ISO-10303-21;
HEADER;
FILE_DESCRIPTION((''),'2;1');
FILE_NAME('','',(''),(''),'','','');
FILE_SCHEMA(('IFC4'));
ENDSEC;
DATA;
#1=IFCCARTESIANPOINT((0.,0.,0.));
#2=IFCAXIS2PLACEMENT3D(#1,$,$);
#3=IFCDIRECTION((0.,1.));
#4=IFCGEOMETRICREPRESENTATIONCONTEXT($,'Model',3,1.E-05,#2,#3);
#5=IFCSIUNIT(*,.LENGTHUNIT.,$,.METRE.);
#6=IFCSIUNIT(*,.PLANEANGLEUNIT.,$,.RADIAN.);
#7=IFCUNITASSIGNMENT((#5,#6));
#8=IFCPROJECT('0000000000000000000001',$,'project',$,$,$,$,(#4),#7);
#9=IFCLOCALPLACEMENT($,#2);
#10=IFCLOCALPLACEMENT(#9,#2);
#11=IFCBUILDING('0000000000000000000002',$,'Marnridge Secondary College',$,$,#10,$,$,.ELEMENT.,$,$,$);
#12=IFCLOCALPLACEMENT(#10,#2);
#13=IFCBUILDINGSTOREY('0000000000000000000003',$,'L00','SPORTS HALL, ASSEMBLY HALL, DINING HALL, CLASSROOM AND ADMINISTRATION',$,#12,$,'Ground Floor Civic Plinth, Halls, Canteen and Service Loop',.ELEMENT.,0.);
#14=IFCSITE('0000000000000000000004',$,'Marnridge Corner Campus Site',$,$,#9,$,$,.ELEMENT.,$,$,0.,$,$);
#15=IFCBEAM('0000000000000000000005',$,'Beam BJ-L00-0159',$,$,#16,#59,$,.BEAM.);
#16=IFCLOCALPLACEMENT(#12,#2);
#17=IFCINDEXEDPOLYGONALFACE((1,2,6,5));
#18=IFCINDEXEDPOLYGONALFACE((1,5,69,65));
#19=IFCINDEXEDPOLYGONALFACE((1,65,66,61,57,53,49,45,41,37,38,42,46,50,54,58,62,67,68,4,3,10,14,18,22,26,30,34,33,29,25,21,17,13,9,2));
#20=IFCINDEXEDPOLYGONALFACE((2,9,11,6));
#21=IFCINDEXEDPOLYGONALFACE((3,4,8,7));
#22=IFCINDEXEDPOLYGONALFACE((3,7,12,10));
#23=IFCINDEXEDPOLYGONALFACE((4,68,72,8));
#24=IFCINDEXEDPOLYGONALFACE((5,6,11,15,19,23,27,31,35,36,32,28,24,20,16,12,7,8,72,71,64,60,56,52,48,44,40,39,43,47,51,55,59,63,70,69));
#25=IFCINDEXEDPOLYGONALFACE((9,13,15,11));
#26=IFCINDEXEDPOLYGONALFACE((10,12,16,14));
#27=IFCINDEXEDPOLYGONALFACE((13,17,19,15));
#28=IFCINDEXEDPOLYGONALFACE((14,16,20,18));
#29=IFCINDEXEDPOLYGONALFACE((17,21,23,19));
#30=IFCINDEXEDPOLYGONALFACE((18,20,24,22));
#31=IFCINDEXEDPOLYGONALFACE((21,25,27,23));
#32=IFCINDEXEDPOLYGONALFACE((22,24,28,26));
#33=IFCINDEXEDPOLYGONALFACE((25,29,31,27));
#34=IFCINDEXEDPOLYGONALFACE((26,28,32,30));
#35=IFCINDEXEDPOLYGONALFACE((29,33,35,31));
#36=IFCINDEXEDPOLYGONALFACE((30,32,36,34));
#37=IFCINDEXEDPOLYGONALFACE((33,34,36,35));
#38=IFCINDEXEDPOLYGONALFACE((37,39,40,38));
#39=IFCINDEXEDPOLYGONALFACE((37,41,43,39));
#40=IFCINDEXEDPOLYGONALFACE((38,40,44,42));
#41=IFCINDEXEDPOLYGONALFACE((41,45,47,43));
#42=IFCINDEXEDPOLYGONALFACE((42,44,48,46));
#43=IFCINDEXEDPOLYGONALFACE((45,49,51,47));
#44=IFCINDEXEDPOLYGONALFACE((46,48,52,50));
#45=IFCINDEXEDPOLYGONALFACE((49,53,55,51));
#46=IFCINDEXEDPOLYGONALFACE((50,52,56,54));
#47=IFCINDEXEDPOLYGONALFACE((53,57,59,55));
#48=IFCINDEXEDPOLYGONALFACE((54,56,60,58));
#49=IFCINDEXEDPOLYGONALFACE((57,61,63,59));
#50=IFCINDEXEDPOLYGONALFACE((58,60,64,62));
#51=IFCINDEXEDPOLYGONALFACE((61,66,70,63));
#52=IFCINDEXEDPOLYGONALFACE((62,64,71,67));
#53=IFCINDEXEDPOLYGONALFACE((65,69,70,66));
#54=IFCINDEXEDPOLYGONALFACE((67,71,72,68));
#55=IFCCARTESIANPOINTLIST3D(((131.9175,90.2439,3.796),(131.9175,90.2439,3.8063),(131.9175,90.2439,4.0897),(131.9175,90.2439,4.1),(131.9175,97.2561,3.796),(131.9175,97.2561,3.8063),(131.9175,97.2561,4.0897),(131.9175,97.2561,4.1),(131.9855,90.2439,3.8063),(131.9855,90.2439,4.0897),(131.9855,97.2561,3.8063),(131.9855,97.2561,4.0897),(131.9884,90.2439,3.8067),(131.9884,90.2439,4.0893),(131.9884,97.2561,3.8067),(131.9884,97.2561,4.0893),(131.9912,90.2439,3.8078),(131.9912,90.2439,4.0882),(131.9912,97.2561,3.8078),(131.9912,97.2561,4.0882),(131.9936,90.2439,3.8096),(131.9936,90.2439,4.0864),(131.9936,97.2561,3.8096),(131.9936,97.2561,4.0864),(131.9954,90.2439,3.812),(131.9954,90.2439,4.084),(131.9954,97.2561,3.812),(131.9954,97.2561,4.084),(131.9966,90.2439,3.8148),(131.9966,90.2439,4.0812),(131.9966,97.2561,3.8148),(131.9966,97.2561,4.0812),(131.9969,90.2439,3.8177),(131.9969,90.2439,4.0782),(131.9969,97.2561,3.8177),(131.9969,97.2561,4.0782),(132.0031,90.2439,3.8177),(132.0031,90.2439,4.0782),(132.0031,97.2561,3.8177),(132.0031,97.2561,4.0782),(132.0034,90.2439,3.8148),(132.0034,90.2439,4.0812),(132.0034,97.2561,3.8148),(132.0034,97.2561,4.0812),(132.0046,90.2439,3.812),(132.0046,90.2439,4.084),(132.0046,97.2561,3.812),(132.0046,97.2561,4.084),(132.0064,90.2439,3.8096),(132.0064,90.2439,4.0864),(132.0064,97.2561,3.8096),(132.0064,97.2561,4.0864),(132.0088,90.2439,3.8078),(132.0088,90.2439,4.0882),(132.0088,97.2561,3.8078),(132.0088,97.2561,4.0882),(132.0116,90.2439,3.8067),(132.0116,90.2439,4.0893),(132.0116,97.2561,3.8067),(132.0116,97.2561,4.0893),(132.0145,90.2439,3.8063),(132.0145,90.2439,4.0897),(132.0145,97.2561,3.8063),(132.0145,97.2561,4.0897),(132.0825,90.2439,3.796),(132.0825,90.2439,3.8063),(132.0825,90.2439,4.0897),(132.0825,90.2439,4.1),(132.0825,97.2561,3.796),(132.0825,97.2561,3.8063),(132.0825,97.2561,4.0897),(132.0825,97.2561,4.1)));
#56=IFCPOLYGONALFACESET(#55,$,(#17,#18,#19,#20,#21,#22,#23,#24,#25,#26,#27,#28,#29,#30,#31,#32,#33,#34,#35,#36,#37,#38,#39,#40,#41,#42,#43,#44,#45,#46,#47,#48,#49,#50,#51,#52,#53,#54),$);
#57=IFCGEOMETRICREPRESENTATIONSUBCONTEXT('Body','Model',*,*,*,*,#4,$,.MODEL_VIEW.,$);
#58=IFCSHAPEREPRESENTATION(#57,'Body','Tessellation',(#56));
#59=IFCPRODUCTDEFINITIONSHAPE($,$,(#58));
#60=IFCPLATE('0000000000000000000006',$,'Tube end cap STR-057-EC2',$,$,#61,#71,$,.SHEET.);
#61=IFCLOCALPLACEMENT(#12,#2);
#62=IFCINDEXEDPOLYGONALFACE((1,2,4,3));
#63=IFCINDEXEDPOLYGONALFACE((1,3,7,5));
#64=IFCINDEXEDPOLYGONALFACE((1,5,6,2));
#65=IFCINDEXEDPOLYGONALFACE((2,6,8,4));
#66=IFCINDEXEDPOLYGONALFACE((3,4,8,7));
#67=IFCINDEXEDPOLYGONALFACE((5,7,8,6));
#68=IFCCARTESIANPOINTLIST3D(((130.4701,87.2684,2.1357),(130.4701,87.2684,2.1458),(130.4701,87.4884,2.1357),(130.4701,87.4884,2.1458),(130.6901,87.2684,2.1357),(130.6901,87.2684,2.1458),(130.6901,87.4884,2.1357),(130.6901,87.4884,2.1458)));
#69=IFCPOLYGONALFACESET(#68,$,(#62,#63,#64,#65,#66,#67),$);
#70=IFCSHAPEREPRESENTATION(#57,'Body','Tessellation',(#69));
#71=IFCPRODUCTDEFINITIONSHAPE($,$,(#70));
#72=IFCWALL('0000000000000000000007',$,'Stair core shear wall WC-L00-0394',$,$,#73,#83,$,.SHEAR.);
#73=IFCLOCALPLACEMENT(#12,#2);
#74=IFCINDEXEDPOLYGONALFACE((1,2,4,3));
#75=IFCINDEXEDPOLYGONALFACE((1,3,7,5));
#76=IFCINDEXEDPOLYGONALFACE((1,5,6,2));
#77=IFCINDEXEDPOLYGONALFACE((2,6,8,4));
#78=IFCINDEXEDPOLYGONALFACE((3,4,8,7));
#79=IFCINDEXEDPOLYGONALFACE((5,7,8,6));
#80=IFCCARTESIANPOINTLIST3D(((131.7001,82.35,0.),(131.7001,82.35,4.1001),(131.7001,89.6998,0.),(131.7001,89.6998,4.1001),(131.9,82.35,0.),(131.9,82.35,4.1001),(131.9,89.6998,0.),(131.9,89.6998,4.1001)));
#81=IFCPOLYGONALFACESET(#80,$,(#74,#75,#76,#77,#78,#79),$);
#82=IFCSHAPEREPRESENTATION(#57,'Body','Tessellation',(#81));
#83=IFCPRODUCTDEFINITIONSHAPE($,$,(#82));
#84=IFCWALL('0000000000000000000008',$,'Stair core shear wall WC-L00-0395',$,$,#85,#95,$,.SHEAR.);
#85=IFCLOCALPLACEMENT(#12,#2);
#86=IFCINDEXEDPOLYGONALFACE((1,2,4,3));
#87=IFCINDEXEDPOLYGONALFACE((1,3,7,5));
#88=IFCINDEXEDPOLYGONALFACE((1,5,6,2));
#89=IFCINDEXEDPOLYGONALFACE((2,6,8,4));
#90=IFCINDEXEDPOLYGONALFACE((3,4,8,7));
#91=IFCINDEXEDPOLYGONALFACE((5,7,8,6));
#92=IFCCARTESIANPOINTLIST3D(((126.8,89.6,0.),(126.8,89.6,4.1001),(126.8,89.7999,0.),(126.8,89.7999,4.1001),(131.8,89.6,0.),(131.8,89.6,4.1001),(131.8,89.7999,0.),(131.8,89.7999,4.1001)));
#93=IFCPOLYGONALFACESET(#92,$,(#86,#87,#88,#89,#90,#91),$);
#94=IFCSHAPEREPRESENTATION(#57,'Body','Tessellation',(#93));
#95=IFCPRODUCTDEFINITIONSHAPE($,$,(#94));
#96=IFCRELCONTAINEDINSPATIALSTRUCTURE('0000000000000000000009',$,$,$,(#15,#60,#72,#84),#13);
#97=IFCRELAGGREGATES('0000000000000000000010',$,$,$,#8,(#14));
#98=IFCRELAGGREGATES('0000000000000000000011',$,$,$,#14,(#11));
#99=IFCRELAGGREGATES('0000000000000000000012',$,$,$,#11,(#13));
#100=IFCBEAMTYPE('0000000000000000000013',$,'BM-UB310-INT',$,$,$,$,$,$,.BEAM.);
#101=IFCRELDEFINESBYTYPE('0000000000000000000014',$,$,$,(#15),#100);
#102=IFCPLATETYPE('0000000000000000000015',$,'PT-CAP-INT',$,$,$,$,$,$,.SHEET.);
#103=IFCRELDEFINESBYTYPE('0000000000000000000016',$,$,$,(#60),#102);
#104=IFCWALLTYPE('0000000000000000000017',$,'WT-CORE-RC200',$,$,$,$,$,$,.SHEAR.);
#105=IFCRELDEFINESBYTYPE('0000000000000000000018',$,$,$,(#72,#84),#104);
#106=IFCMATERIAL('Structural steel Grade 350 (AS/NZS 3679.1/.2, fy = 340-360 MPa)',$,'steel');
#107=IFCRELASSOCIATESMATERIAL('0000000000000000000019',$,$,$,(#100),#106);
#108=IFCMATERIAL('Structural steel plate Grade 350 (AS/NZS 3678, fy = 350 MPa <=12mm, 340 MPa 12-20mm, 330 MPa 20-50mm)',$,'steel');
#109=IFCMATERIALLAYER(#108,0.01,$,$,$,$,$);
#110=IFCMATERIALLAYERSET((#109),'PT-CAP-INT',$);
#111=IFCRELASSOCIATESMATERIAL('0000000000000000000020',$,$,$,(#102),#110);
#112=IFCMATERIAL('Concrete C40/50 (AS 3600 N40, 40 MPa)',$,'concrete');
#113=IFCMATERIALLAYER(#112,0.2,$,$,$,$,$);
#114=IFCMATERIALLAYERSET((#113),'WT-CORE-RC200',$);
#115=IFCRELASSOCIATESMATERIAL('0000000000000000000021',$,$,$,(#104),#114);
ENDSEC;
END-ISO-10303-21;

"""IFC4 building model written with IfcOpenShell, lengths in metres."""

from ifc_helpers import new_model, si_unit, direction, frame, frame_2d, origin, origin_2d, place, context, subcontext, project, spatial, rectangle, i_section, extrude, material, layer, layer_set, material_profile, profile_set, type_object, element, save


model = new_model("IFC4")

# Units and contexts
model_context = context("Model", 3, precision=1e-05, world=origin(), true_north=direction((0.0, 1.0)))
body_context = subcontext(model_context, "Body", "Model", "MODEL_VIEW")
ifc_project = project(units=[si_unit("LENGTHUNIT", "METRE"), si_unit("PLANEANGLEUNIT", "RADIAN")], contexts=[model_context])

# Site, building, storey
site_placement = place(None, origin())
site = spatial("IfcSite", under=ifc_project, at=site_placement, Name="Marnridge Corner Campus Site", CompositionType="ELEMENT", RefElevation=0.0)
building_placement = place(site_placement, origin())
building = spatial("IfcBuilding", under=site, at=building_placement, Name="Marnridge Secondary College", CompositionType="ELEMENT")
storey_placement = place(building_placement, origin())
storey = spatial("IfcBuildingStorey", under=building, at=storey_placement, Name="L00", Description="SPORTS HALL, ASSEMBLY HALL, DINING HALL, CLASSROOM AND ADMINISTRATION", LongName="Ground Floor Civic Plinth, Halls, Canteen and Service Loop", CompositionType="ELEMENT", Elevation=0.0)

# Beam
ifc_material_1 = material(Name="Structural steel Grade 350 (AS/NZS 3679.1/.2, fy = 340-360 MPa)", Category="steel")
ifc_material_profile_1 = material_profile(ifc_material_1, i_section(OverallWidth=0.165, OverallDepth=0.304, WebThickness=0.0061, FlangeThickness=0.0103, FilletRadius=0.0115, at=origin_2d()), Name="310UB40.4")
ifc_profile_set_1 = profile_set([ifc_material_profile_1], Name="Structural steel Grade 350 (AS/NZS 3679.1/.2, fy = 340-360 MPa)")
beam_type_1 = type_object("IfcBeamType", Name="BM-UB310-INT", PredefinedType="BEAM", material=ifc_profile_set_1)
for number, where, z_axis, x_axis, name in (
    (1, (132.0, 90.2439, 3.948), (0.0, 1.0, 0.0), (-1.0, 0.0, 0.0), "Beam BJ-L00-0159"),
):
    element("IfcBeam", number, at=place(storey_placement, frame(where, z_axis=z_axis, x_axis=x_axis)), inside=storey, type_object=beam_type_1, Name=name, PredefinedType="BEAM", context=body_context, shape_type="SweptSolid", body=[
        extrude(i_section(OverallWidth=0.165, OverallDepth=0.304, WebThickness=0.0061, FlangeThickness=0.0103, FilletRadius=0.0115, at=origin_2d()), origin(), (0.0, 0.0, 1.0), 7.0122),
    ])

# Plate
ifc_material_2 = material(Name="Structural steel plate Grade 350 (AS/NZS 3678, fy = 350 MPa <=12mm, 340 MPa 12-20mm, 330 MPa 20-50mm)", Category="steel")
ifc_layer_1 = layer(ifc_material_2, 0.01)
ifc_layer_set_1 = layer_set([ifc_layer_1], Name="PT-CAP-INT")
plate_type = type_object("IfcPlateType", Name="PT-CAP-INT", PredefinedType="SHEET", material=ifc_layer_set_1)
plate_placement = place(storey_placement, frame((130.5801, 87.3784, 2.1357), z_axis=(0.0, 0.0, 1.0), x_axis=(0.0, 1.0, 0.0)))
element("IfcPlate", 2, at=plate_placement, inside=storey, type_object=plate_type, Name="Tube end cap STR-057-EC2", PredefinedType="SHEET", context=body_context, shape_type="SweptSolid", body=[
    extrude(rectangle(XDim=0.22, YDim=0.22, at=origin_2d()), origin(), (0.0, 0.0, 1.0), 0.01),
])

# Shared definitions
ifc_material_3 = material(Name="Concrete C40/50 (AS 3600 N40, 40 MPa)", Category="concrete")
ifc_layer_2 = layer(ifc_material_3, 0.2)
ifc_layer_set_2 = layer_set([ifc_layer_2], Name="WT-CORE-RC200")
wall_type = type_object("IfcWallType", Name="WT-CORE-RC200", PredefinedType="SHEAR", material=ifc_layer_set_2)

# Walls
wall_1_placement = place(storey_placement, frame((131.8, 82.3501, 0.0), z_axis=(0.0, 0.0, 1.0), x_axis=(0.0, 1.0, 0.0)))
element("IfcWall", 3, at=wall_1_placement, inside=storey, type_object=wall_type, Name="Stair core shear wall WC-L00-0394", PredefinedType="SHEAR", context=body_context, shape_type="SweptSolid", body=[
    extrude(rectangle(XDim=7.3499, YDim=0.2, at=frame_2d((3.6748, 0.0))), origin(), (0.0, 0.0, 1.0), 4.1001),
])
wall_2_placement = place(storey_placement, frame((131.8, 89.7, 0.0), z_axis=(0.0, 0.0, 1.0), x_axis=(-1.0, 0.0, 0.0)))
element("IfcWall", 4, at=wall_2_placement, inside=storey, type_object=wall_type, Name="Stair core shear wall WC-L00-0395", PredefinedType="SHEAR", context=body_context, shape_type="SweptSolid", body=[
    extrude(rectangle(XDim=5.0, YDim=0.2, at=frame_2d((2.5, 0.0))), origin(), (0.0, 0.0, 1.0), 4.1001),
])

save(model, "model.ifc")
